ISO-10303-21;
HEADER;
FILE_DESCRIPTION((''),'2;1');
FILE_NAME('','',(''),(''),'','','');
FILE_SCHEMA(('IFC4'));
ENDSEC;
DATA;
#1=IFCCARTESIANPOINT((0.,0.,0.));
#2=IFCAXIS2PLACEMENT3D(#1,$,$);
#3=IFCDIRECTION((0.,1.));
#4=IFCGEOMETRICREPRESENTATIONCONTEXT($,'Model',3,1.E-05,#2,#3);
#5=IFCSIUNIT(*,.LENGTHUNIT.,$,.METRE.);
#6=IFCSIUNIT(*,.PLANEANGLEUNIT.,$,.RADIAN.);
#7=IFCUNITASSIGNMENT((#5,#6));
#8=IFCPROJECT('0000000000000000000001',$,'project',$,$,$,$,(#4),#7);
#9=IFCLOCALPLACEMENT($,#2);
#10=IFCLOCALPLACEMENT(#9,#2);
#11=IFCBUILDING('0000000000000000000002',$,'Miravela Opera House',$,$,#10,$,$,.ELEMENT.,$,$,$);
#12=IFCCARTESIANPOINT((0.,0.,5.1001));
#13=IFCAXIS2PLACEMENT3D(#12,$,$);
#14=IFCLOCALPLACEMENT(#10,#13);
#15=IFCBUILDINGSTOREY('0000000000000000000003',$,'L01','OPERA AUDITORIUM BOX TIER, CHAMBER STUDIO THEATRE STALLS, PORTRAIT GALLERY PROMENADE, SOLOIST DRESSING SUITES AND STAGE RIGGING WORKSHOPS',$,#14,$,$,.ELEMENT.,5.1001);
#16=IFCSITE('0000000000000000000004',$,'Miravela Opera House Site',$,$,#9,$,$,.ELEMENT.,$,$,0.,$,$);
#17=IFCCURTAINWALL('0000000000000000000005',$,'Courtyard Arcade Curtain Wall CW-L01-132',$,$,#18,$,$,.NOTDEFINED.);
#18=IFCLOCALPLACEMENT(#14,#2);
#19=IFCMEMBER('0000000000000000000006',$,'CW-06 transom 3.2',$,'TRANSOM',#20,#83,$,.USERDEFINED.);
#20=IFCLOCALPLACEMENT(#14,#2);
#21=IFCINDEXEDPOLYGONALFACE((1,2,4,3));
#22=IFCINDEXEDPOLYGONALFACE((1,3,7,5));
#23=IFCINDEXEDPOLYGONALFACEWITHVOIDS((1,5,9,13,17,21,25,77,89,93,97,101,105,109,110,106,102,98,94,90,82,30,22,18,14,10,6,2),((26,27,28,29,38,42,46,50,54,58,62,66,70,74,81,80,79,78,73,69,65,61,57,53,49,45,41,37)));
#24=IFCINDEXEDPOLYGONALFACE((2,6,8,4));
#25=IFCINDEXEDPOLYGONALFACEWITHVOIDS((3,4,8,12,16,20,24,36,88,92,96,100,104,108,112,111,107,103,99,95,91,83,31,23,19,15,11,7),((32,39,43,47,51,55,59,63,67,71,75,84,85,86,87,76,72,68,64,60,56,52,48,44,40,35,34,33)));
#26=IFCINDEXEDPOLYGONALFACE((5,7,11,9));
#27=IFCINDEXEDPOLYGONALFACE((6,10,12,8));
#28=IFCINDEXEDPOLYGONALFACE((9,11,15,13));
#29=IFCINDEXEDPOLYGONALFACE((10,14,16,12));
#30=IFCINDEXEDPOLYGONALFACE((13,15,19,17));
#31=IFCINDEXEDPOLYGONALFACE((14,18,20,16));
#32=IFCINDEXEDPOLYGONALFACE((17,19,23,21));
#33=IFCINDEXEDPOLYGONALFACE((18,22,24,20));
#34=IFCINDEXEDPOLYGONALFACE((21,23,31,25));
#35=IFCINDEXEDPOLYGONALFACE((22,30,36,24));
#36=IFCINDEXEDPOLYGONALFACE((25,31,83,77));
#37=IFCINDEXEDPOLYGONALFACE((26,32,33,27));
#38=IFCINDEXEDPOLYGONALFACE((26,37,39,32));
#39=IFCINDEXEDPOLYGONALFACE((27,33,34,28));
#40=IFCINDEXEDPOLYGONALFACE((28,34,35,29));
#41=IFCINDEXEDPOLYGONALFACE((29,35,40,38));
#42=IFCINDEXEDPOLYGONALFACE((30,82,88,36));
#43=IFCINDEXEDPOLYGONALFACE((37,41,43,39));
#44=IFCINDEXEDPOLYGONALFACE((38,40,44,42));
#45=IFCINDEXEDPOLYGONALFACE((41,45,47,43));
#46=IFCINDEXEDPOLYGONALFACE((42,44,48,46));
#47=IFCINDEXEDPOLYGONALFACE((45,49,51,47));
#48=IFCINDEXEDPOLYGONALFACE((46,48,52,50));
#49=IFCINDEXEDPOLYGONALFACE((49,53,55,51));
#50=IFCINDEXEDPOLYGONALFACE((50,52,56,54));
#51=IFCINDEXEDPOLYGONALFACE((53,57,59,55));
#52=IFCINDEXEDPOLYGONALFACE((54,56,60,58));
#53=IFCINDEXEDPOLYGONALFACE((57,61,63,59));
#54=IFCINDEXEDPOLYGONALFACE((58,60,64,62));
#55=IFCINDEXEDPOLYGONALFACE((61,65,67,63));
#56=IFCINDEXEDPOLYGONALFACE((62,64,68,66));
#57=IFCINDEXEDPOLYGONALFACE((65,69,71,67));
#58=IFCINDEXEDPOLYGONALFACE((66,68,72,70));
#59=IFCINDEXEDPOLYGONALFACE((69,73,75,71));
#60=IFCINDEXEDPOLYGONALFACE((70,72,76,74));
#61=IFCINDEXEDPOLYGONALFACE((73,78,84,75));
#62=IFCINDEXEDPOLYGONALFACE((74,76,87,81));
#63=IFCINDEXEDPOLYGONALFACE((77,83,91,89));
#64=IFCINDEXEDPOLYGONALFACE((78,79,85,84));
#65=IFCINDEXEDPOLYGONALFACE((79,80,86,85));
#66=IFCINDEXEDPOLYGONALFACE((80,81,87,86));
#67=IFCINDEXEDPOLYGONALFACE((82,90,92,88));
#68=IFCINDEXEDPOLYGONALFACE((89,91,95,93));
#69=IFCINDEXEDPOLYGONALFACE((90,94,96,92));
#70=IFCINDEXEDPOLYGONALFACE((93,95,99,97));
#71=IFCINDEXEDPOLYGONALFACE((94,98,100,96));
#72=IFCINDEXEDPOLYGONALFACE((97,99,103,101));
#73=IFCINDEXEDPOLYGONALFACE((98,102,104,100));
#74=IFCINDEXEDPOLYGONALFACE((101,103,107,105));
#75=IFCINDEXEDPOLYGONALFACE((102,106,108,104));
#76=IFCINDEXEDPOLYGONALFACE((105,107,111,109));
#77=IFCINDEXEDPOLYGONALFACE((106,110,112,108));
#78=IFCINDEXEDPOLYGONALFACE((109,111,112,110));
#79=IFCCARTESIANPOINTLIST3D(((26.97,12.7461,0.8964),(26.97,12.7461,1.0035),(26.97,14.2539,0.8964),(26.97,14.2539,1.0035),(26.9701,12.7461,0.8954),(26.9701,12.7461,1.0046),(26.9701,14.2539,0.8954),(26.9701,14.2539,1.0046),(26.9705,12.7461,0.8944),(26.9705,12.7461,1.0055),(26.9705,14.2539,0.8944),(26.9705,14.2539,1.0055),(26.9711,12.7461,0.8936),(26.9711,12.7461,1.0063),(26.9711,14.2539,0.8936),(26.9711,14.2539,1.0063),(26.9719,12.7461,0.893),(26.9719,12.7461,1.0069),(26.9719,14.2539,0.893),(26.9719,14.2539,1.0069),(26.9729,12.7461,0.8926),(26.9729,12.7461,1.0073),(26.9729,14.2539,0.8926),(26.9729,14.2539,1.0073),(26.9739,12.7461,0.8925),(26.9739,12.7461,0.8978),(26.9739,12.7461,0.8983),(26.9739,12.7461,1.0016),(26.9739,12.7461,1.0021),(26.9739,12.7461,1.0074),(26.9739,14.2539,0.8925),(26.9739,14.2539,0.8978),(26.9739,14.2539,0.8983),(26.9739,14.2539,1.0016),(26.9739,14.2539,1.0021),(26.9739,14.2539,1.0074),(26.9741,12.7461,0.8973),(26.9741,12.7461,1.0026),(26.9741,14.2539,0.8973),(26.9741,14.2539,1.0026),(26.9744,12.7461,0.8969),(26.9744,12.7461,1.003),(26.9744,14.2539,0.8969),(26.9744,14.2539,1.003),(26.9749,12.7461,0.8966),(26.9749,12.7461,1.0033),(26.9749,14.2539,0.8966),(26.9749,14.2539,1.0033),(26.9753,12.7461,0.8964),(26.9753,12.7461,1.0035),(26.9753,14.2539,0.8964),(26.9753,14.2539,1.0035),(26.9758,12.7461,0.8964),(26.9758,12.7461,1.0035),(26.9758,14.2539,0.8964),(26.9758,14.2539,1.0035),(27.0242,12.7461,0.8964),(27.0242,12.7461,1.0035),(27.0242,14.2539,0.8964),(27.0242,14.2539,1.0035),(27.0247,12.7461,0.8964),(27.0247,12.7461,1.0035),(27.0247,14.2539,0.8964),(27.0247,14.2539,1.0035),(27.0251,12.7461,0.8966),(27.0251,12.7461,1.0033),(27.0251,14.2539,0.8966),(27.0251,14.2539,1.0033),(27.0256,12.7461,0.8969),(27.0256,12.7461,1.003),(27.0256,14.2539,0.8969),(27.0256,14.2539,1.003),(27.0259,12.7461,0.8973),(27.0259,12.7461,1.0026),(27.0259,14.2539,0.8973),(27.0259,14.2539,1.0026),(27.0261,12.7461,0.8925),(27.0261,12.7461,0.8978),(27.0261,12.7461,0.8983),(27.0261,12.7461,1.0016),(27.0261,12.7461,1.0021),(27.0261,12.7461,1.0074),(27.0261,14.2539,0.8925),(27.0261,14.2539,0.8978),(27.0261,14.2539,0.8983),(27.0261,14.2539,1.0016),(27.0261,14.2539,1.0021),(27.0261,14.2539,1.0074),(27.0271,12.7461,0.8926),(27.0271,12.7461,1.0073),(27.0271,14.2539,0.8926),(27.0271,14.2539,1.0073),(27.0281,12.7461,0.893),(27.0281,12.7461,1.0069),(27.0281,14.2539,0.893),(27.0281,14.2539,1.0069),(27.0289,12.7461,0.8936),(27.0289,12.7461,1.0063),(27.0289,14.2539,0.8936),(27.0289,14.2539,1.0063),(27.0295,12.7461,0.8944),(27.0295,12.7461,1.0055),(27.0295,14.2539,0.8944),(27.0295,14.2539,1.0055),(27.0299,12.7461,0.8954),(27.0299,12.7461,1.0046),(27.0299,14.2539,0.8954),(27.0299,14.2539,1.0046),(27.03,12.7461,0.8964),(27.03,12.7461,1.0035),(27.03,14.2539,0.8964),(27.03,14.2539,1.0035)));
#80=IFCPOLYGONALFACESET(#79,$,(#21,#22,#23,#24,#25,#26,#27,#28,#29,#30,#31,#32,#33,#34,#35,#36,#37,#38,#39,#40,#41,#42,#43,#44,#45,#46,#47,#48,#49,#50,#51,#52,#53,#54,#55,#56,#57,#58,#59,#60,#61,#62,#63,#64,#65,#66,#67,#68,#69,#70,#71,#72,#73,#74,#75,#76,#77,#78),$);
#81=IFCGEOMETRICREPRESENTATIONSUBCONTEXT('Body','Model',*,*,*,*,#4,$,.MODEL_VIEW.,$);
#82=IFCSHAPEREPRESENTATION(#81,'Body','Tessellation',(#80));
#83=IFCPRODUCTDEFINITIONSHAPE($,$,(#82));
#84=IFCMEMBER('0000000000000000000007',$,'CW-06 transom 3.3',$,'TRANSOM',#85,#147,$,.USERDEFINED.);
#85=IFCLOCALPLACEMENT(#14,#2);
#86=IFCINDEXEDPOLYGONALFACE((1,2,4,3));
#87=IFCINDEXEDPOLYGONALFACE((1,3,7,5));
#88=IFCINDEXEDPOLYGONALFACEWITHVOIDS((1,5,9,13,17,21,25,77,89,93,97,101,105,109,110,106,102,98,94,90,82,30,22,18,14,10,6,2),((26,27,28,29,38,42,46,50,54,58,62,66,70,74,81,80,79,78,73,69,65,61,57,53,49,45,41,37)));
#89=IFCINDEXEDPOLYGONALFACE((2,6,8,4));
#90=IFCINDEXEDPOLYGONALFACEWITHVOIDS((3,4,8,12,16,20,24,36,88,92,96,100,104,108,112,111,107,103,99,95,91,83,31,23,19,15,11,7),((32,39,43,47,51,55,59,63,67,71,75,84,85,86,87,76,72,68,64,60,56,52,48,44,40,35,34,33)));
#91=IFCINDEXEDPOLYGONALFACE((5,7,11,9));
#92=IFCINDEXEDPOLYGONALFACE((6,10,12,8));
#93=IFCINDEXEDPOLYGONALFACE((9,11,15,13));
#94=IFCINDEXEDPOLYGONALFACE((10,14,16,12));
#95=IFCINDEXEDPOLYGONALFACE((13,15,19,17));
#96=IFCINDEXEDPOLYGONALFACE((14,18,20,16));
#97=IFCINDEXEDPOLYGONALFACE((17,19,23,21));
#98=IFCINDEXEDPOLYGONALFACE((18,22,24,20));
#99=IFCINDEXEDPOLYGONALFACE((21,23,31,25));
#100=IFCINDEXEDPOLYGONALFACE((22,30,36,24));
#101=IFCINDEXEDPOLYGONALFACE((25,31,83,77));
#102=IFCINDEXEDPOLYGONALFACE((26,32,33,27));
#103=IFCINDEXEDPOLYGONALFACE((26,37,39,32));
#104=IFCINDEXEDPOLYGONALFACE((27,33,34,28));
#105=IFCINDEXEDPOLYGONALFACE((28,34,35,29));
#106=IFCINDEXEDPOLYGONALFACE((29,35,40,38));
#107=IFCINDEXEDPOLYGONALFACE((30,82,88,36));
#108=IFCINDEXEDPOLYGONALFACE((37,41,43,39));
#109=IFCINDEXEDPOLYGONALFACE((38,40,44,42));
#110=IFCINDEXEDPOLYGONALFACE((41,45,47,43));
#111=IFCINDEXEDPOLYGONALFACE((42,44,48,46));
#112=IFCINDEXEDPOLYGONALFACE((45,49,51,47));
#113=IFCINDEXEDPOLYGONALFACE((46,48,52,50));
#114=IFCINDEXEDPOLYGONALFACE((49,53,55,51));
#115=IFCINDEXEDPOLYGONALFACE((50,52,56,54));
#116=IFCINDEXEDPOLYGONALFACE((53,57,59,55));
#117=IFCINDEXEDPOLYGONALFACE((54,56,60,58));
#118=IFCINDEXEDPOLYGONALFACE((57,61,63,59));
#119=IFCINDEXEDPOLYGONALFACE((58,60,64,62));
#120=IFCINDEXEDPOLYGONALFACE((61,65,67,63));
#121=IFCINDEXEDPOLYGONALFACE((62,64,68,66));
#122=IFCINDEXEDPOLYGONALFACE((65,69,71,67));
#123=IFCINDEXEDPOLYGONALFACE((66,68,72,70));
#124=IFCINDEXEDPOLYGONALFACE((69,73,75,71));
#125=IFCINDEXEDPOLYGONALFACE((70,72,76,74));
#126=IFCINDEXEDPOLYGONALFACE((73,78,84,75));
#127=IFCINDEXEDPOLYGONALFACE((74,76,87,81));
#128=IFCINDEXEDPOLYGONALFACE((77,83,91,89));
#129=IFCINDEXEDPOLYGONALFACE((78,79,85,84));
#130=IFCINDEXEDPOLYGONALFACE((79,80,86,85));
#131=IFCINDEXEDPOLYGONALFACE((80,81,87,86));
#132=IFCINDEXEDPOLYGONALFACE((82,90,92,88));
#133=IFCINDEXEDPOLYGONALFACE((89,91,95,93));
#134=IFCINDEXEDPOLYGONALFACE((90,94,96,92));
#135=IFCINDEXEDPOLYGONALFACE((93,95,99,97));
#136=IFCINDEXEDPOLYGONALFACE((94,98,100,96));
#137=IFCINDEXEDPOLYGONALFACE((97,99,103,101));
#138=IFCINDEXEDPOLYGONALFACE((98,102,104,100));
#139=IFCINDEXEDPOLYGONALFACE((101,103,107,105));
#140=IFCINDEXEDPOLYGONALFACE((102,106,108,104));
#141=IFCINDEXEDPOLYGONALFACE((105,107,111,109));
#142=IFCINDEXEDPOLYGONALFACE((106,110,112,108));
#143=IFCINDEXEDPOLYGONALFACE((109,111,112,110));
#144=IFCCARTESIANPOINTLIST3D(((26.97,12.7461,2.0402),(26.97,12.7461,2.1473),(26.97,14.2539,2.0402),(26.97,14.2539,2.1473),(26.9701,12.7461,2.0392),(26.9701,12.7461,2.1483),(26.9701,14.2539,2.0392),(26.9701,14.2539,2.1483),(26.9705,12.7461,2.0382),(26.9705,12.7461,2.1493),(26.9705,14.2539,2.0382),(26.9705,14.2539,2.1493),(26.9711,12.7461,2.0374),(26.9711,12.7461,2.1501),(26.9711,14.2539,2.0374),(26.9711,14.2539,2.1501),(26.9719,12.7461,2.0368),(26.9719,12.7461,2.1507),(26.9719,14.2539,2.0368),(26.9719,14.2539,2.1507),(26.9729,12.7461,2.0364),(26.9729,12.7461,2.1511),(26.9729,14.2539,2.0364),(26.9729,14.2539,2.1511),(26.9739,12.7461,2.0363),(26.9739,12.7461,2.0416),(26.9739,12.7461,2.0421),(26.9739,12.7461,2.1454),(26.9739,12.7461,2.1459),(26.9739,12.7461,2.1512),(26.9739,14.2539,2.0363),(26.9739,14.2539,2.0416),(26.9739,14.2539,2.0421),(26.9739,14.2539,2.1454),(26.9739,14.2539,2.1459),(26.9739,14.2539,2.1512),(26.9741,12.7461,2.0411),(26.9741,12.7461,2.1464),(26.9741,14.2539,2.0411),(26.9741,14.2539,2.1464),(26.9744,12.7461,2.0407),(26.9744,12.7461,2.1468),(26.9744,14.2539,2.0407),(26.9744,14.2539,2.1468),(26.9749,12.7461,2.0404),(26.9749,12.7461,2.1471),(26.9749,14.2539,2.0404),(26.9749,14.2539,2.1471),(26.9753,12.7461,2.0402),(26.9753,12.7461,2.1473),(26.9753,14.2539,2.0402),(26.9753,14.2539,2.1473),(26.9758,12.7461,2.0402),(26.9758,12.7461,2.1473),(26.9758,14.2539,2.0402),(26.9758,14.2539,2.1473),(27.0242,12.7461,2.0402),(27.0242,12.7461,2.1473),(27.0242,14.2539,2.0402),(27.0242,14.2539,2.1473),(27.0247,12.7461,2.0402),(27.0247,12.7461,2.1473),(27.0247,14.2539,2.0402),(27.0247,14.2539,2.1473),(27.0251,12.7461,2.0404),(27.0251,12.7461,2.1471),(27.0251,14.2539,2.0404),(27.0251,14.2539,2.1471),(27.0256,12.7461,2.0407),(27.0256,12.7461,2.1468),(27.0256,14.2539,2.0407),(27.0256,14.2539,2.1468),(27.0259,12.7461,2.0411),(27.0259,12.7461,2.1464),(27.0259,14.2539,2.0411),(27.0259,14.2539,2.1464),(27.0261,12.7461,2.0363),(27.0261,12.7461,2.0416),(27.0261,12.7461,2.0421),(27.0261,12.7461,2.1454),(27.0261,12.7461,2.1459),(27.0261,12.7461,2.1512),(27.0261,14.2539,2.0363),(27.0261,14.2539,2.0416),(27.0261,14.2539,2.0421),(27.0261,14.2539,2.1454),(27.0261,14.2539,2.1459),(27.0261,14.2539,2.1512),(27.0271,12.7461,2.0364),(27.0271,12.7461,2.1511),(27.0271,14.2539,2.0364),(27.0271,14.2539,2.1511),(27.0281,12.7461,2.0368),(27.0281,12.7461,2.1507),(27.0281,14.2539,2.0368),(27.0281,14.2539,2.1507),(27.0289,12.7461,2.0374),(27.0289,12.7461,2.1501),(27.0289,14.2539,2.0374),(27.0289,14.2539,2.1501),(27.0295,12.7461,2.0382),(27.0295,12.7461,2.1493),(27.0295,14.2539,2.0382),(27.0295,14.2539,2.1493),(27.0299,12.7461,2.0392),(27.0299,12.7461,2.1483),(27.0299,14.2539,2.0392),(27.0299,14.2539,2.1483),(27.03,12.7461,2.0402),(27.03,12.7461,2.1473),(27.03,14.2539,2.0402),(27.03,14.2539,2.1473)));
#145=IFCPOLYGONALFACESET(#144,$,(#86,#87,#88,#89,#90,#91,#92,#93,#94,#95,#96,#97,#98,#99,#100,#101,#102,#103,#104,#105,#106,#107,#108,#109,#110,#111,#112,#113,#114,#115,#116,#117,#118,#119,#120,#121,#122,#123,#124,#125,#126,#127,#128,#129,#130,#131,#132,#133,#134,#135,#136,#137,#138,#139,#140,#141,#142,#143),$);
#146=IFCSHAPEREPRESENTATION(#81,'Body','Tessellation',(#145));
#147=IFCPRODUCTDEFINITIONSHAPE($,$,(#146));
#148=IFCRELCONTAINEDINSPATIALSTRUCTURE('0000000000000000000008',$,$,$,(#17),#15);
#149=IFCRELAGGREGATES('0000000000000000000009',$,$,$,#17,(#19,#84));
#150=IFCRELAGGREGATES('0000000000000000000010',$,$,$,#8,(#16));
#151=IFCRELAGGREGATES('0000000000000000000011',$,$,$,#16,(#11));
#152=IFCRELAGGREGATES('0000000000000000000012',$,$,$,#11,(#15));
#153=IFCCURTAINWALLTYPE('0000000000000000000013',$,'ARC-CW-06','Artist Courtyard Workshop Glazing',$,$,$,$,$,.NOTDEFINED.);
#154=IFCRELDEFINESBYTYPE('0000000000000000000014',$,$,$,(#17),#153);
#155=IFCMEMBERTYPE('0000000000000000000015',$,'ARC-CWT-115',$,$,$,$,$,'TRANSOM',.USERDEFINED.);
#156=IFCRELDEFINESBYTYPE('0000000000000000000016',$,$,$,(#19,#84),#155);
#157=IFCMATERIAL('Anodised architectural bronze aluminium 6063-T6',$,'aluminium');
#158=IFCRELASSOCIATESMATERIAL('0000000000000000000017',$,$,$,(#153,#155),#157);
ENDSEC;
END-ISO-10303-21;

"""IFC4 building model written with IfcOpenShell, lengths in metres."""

from ifc_helpers import new_model, si_unit, direction, frame, origin, origin_2d, place, context, subcontext, project, spatial, hollow_rectangle, extrude, material, material_profile, profile_set, type_object, element, aggregate, save


model = new_model("IFC4")

# Units and contexts
model_context = context("Model", 3, precision=1e-05, world=origin(), true_north=direction((0.0, 1.0)))
body_context = subcontext(model_context, "Body", "Model", "MODEL_VIEW")
ifc_project = project(units=[si_unit("LENGTHUNIT", "METRE"), si_unit("PLANEANGLEUNIT", "RADIAN")], contexts=[model_context])

# Site, building, storey
site_placement = place(None, origin())
site = spatial("IfcSite", under=ifc_project, at=site_placement, Name="Miravela Opera House Site", CompositionType="ELEMENT", RefElevation=0.0)
building_placement = place(site_placement, origin())
building = spatial("IfcBuilding", under=site, at=building_placement, Name="Miravela Opera House", CompositionType="ELEMENT")
storey_placement = place(building_placement, frame((0.0, 0.0, 5.1001)))
storey = spatial("IfcBuildingStorey", under=building, at=storey_placement, Name="L01", Description="OPERA AUDITORIUM BOX TIER, CHAMBER STUDIO THEATRE STALLS, PORTRAIT GALLERY PROMENADE, SOLOIST DRESSING SUITES AND STAGE RIGGING WORKSHOPS", CompositionType="ELEMENT", Elevation=5.1001)

# Curtain wall, members
ifc_material_1 = material(Name="Anodised architectural bronze aluminium 6063-T6", Category="aluminium")
curtain_wall_type = type_object("IfcCurtainWallType", Name="ARC-CW-06", Description="Artist Courtyard Workshop Glazing", PredefinedType="NOTDEFINED", material=ifc_material_1)
curtain_wall_placement = place(storey_placement, origin())
curtain_wall = element("IfcCurtainWall", 1, at=curtain_wall_placement, inside=storey, type_object=curtain_wall_type, Name="Courtyard Arcade Curtain Wall CW-L01-132", PredefinedType="NOTDEFINED")
ifc_material_profile_1 = material_profile(ifc_material_1, hollow_rectangle(XDim=0.0601, YDim=0.115, WallThickness=0.0039, InnerFilletRadius=0.002, OuterFilletRadius=0.0039, at=origin_2d()), Name="CWT-60X115")
ifc_profile_set_1 = profile_set([ifc_material_profile_1])
member_type_1 = type_object("IfcMemberType", Name="ARC-CWT-115", ElementType="TRANSOM", PredefinedType="USERDEFINED", material=ifc_profile_set_1)
member_1_placement = place(storey_placement, frame((27.0, 12.7461, 0.95), z_axis=(0.0, 1.0, 0.0), x_axis=(-1.0, 0.0, 0.0)))
member_1 = element("IfcMember", 2, at=member_1_placement, type_object=member_type_1, Name="CW-06 transom 3.2", ObjectType="TRANSOM", PredefinedType="USERDEFINED", context=body_context, shape_type="SweptSolid", body=[
    extrude(hollow_rectangle(XDim=0.0601, YDim=0.115, WallThickness=0.0039, InnerFilletRadius=0.002, OuterFilletRadius=0.0039, at=origin_2d()), origin(), (0.0, 0.0, 1.0), 1.5078),
])
member_2_placement = place(storey_placement, frame((27.0, 12.7461, 2.0938), z_axis=(0.0, 1.0, 0.0), x_axis=(-1.0, 0.0, 0.0)))
member_2 = element("IfcMember", 3, at=member_2_placement, type_object=member_type_1, Name="CW-06 transom 3.3", ObjectType="TRANSOM", PredefinedType="USERDEFINED", context=body_context, shape_type="SweptSolid", body=[
    extrude(hollow_rectangle(XDim=0.0601, YDim=0.115, WallThickness=0.0039, InnerFilletRadius=0.002, OuterFilletRadius=0.0039, at=origin_2d()), origin(), (0.0, 0.0, 1.0), 1.5078),
])
aggregate(curtain_wall, [member_1, member_2])

save(model, "model.ifc")
